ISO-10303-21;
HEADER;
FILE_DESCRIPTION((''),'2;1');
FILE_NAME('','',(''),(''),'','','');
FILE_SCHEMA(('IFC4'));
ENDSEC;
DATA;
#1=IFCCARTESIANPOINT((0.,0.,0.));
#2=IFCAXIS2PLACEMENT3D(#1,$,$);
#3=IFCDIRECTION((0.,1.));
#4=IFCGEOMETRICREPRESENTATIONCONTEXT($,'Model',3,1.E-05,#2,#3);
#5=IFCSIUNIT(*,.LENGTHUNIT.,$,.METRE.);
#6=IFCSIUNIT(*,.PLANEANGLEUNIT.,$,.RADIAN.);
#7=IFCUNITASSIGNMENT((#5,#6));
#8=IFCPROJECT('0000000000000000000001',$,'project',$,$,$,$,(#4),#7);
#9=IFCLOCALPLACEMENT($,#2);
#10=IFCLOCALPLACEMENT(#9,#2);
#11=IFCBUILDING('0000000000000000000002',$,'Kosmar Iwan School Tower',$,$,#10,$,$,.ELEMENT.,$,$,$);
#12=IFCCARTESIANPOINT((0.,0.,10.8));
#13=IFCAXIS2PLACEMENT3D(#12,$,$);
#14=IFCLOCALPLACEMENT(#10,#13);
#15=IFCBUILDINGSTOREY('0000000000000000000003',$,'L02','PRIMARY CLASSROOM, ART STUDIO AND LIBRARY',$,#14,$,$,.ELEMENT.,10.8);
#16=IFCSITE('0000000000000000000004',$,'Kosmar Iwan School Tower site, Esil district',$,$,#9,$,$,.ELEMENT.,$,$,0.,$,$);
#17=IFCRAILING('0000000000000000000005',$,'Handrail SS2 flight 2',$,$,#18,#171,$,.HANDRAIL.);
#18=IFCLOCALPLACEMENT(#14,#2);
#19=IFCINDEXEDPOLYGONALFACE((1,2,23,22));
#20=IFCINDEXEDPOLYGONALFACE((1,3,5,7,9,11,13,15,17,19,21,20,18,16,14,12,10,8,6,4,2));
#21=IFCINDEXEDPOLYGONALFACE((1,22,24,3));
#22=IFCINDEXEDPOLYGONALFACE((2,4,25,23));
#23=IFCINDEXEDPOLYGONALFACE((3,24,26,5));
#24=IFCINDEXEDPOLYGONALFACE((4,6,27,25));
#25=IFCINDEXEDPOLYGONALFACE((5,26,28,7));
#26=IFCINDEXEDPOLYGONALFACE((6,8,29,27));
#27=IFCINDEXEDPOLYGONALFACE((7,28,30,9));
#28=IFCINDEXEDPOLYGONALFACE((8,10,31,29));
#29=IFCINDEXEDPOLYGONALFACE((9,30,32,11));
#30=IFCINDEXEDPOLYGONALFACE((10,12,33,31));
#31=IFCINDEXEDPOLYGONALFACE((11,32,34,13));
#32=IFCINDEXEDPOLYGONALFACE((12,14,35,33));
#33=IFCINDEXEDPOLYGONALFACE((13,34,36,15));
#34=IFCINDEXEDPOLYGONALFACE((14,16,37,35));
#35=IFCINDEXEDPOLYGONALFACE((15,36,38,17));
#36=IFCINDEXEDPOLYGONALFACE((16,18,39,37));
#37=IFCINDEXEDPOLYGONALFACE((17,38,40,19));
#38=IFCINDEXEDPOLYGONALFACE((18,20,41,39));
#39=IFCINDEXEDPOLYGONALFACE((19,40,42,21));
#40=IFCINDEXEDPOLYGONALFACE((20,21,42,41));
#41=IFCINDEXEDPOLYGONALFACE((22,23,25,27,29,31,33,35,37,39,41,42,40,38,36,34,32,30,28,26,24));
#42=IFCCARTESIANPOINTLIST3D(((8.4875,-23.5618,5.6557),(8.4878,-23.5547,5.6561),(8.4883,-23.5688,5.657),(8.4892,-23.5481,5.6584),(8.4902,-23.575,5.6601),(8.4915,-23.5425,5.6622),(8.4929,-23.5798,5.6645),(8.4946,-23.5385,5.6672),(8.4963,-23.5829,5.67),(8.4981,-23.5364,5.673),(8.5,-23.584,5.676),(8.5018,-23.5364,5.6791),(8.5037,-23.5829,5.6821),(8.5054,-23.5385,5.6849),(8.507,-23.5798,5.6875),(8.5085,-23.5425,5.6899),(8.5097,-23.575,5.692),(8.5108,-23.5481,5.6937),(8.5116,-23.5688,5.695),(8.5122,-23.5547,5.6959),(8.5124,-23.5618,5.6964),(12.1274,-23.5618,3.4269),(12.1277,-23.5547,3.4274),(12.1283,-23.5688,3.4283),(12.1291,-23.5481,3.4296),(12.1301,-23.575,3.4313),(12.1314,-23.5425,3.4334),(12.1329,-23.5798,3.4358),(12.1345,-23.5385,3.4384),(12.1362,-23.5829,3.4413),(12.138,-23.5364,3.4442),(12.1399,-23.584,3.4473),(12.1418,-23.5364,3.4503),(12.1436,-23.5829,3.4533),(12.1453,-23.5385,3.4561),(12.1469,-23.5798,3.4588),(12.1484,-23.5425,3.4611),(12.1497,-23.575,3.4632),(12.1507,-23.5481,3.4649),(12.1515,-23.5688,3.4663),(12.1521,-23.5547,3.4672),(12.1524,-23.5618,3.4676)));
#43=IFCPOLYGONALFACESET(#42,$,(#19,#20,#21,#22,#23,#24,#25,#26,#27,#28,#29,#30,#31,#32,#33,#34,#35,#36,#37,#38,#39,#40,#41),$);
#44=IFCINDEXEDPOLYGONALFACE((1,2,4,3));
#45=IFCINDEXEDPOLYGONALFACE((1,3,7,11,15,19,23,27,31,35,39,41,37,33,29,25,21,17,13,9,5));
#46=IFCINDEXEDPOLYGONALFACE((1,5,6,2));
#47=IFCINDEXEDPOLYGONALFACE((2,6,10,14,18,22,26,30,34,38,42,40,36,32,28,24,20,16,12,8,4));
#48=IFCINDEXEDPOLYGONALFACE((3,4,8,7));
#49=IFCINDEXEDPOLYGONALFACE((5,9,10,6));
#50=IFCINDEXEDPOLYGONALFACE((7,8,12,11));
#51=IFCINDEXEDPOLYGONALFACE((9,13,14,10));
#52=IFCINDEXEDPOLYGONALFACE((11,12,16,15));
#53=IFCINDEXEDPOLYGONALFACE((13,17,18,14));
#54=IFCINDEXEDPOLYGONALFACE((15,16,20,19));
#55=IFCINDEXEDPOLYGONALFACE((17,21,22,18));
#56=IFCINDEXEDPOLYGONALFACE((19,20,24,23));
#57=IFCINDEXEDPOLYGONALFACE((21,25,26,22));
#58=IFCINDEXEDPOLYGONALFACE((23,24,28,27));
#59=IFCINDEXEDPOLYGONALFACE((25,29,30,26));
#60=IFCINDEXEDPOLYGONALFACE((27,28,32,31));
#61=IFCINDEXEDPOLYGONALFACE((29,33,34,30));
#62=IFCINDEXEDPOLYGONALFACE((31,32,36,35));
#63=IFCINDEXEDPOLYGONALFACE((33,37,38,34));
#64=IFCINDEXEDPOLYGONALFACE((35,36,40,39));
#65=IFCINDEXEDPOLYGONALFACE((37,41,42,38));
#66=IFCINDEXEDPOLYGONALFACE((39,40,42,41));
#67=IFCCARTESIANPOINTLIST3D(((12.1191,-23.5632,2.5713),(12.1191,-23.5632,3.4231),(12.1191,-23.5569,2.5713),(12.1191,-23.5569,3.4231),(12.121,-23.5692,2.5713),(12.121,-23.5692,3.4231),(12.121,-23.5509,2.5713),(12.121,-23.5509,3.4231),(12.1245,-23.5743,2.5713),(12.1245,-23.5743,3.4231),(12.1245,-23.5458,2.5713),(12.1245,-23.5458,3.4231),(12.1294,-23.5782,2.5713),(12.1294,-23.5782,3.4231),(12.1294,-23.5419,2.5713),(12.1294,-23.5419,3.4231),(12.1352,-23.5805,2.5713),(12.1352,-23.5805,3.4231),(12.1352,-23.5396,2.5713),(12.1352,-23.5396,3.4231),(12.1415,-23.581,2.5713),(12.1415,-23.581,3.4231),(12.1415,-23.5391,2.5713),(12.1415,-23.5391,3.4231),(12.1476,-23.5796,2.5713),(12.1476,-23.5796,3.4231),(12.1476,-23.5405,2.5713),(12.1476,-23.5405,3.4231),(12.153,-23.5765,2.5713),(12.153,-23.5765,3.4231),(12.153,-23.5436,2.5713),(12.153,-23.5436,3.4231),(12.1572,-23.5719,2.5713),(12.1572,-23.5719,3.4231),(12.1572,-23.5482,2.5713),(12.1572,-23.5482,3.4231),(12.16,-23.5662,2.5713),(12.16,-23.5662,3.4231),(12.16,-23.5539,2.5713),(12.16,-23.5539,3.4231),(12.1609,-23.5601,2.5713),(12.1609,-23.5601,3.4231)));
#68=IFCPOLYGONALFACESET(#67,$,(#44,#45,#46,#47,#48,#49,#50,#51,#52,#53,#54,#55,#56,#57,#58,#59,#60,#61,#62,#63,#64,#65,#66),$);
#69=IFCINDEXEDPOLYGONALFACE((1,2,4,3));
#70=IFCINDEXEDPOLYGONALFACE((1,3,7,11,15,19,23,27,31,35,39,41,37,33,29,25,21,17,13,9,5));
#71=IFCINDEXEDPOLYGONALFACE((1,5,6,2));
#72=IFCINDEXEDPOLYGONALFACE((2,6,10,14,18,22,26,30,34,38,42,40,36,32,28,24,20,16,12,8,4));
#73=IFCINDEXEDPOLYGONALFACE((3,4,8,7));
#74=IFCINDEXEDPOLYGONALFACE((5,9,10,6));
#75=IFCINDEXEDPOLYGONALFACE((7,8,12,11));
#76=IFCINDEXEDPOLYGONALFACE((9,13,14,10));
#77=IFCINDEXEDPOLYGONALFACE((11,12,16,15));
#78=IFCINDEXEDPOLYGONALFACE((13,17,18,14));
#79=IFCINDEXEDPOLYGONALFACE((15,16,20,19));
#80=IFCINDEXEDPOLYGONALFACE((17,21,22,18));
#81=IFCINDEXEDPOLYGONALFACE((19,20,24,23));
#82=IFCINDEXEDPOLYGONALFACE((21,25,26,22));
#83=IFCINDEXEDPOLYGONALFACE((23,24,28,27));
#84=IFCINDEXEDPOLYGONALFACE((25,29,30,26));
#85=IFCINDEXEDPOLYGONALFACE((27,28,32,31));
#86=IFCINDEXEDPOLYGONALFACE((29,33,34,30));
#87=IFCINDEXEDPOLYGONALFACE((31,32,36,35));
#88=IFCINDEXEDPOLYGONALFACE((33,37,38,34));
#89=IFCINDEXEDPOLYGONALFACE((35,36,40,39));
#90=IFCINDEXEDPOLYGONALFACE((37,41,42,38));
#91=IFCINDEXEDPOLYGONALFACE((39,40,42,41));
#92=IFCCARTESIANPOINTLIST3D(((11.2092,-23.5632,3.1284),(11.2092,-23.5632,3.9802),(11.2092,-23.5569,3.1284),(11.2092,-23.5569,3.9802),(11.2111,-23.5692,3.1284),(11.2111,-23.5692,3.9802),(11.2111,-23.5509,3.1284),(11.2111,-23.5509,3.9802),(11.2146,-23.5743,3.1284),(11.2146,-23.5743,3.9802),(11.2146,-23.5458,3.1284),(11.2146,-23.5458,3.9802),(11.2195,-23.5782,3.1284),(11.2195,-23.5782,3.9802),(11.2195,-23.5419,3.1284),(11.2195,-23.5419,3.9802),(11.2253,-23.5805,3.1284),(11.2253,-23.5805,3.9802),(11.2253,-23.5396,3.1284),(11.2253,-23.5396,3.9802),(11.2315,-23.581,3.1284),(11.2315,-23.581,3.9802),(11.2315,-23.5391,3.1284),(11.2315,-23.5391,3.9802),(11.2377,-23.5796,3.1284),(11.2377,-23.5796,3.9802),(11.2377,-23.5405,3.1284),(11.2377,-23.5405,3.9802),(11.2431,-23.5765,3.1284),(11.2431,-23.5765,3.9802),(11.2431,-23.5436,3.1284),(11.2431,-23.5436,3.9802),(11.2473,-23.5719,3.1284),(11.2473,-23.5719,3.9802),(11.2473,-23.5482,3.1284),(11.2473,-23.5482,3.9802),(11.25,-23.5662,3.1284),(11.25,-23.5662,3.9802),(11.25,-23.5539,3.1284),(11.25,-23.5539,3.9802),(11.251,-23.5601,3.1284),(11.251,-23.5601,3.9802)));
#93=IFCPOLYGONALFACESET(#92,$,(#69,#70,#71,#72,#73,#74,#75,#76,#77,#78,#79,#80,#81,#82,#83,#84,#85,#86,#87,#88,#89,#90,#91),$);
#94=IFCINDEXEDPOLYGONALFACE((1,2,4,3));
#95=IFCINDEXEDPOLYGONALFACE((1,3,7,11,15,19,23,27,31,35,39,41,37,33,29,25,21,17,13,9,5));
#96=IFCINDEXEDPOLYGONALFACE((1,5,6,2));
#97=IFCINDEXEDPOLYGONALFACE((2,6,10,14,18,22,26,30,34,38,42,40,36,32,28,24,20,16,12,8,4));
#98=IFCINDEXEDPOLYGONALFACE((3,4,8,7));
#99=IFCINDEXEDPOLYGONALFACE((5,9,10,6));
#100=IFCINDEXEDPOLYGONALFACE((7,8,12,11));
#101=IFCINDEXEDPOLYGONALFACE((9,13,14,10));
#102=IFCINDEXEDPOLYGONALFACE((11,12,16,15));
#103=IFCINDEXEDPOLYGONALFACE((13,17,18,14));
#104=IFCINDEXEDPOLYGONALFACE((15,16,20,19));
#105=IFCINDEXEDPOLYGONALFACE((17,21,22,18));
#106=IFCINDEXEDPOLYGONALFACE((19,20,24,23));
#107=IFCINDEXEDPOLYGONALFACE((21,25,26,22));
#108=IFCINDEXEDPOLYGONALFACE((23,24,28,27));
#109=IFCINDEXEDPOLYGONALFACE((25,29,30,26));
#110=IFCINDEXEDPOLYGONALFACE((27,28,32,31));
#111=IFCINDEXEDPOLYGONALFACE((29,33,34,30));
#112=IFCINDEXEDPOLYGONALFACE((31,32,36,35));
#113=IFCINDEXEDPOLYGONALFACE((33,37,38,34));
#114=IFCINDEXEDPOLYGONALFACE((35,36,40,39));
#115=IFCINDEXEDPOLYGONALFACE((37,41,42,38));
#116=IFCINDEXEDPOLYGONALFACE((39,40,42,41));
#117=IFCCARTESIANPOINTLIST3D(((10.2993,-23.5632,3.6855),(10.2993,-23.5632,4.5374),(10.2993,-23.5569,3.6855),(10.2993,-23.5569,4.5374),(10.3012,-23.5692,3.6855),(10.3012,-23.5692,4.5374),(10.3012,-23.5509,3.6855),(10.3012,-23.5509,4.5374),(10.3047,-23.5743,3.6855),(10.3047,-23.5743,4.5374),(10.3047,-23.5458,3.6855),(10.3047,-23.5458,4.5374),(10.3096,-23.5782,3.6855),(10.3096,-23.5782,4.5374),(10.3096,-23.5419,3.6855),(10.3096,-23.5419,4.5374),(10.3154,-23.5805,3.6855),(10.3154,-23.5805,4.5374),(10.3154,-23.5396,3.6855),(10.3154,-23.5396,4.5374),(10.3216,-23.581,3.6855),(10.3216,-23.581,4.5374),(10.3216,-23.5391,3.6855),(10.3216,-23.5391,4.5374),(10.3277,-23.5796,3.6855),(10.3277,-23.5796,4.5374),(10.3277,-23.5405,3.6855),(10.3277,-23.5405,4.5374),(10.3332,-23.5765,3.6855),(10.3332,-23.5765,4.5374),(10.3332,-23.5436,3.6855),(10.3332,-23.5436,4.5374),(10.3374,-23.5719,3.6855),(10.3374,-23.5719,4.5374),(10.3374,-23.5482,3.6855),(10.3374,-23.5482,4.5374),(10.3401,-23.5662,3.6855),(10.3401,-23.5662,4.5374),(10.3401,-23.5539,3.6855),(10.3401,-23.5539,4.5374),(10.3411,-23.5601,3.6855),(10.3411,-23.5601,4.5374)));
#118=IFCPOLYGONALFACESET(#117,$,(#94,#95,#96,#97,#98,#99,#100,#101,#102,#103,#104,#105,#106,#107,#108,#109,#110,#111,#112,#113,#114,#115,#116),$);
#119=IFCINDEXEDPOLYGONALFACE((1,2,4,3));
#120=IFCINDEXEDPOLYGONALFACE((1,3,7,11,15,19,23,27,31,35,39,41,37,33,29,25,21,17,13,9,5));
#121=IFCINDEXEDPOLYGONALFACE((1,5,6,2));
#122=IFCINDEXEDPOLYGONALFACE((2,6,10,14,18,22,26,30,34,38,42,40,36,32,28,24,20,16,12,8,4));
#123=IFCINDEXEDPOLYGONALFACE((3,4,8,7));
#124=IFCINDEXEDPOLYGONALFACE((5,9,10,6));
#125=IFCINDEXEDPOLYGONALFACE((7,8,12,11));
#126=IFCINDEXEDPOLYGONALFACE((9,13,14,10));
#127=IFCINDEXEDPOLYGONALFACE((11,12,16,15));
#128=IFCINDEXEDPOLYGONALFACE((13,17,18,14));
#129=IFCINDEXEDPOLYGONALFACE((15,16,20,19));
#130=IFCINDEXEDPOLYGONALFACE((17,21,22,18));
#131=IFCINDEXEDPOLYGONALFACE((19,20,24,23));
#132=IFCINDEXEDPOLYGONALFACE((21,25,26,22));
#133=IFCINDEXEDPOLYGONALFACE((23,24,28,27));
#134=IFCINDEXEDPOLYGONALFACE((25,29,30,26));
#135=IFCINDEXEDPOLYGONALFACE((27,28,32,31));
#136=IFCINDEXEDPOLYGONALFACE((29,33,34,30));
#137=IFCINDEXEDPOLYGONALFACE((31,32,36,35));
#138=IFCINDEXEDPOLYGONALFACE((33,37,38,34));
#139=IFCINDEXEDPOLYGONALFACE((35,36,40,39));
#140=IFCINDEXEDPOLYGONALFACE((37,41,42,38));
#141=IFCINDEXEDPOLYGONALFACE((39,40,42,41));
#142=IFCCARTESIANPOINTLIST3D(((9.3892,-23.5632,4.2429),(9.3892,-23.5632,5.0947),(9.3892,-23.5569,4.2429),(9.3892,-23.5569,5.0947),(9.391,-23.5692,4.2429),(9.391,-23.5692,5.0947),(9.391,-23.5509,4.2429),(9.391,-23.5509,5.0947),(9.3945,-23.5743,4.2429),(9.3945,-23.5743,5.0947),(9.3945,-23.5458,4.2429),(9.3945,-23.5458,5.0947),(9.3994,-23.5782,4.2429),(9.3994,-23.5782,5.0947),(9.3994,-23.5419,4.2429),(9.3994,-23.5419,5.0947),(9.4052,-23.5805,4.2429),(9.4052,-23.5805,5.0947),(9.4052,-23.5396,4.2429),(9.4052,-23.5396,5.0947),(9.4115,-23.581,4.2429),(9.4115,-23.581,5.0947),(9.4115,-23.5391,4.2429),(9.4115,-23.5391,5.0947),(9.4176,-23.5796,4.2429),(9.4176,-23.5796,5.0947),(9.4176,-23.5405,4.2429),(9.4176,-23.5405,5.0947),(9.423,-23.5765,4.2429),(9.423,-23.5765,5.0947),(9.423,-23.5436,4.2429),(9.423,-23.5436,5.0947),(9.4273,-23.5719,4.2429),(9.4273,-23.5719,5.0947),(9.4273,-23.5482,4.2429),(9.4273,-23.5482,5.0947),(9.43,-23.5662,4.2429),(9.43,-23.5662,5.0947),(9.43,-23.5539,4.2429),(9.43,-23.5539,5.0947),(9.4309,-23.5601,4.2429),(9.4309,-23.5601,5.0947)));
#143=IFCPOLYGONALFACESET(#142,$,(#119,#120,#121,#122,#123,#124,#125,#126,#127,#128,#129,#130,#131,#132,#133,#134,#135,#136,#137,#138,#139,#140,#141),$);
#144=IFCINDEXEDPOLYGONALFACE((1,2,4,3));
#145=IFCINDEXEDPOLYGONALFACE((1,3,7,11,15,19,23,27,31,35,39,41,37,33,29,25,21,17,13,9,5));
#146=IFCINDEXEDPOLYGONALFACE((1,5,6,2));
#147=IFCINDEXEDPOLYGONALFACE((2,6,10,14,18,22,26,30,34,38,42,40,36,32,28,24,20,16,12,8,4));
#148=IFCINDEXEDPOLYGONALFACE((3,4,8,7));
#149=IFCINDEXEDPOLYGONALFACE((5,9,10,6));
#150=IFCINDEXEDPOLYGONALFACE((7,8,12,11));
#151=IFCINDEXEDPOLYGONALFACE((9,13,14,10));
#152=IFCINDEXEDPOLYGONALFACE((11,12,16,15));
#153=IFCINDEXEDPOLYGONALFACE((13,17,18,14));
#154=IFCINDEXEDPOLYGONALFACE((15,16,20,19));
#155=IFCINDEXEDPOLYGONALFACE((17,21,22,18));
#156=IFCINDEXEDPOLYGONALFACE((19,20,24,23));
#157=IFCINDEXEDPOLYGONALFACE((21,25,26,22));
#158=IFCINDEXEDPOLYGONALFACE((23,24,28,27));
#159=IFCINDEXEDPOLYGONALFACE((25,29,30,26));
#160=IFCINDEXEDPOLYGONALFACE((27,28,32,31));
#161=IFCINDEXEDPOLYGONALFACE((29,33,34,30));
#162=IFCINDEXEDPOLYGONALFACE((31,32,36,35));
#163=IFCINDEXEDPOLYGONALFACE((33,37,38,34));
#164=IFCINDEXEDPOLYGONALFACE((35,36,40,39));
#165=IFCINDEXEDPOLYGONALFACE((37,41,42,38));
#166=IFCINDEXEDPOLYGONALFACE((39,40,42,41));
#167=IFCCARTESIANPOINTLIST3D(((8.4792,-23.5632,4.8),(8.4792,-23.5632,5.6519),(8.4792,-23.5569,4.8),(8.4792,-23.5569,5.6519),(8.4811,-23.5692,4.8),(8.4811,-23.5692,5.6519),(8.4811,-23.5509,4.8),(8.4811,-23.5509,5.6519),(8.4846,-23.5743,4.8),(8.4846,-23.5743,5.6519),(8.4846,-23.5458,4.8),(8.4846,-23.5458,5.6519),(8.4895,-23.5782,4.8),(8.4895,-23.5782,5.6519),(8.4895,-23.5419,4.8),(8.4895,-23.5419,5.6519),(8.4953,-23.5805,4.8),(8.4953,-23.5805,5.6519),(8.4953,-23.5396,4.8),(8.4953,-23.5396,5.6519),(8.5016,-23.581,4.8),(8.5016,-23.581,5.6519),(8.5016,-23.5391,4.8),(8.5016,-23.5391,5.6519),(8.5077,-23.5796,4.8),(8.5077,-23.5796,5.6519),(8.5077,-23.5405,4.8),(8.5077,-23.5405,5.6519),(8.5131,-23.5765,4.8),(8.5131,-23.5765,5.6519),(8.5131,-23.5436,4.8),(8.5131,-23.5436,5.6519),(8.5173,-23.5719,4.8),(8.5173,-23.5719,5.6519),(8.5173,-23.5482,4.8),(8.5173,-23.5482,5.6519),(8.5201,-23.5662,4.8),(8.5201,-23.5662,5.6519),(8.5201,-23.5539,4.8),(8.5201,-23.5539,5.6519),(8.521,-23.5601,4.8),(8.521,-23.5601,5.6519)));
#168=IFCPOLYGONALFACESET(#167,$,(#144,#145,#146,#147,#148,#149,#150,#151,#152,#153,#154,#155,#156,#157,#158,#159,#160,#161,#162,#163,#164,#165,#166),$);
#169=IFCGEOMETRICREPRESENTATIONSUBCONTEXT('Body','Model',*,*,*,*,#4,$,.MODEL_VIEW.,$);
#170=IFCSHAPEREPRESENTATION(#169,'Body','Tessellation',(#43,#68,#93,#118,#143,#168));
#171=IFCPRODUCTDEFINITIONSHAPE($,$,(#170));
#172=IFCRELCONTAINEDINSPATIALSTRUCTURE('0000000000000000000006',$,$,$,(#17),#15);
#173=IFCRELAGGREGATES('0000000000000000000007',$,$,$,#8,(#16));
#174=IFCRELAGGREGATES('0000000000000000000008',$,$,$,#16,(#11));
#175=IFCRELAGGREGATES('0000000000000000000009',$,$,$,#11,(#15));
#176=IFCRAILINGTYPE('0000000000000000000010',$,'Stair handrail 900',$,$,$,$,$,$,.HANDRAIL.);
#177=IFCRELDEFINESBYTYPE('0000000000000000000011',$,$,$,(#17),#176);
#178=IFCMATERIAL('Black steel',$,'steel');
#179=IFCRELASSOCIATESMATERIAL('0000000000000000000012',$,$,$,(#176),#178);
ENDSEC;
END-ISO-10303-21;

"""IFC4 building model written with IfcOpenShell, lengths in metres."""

from ifc_helpers import new_model, si_unit, direction, frame, origin, origin_2d, place, context, subcontext, project, spatial, circle, extrude, material, type_object, element, save


model = new_model("IFC4")

# Units and contexts
model_context = context("Model", 3, precision=1e-05, world=origin(), true_north=direction((0.0, 1.0)))
body_context = subcontext(model_context, "Body", "Model", "MODEL_VIEW")
ifc_project = project(units=[si_unit("LENGTHUNIT", "METRE"), si_unit("PLANEANGLEUNIT", "RADIAN")], contexts=[model_context])

# Site, building, storey
site_placement = place(None, origin())
site = spatial("IfcSite", under=ifc_project, at=site_placement, Name="Kosmar Iwan School Tower site, Esil district", CompositionType="ELEMENT", RefElevation=0.0)
building_placement = place(site_placement, origin())
building = spatial("IfcBuilding", under=site, at=building_placement, Name="Kosmar Iwan School Tower", CompositionType="ELEMENT")
storey_placement = place(building_placement, frame((0.0, 0.0, 10.8)))
storey = spatial("IfcBuildingStorey", under=building, at=storey_placement, Name="L02", Description="PRIMARY CLASSROOM, ART STUDIO AND LIBRARY", CompositionType="ELEMENT", Elevation=10.8)

# Railing
ifc_material_1 = material(Name="Black steel", Category="steel")
railing_type = type_object("IfcRailingType", Name="Stair handrail 900", PredefinedType="HANDRAIL", material=ifc_material_1)
railing_1_placement = place(storey_placement, frame((12.1399, -23.5601, 2.5713)))
element("IfcRailing", 1, at=railing_1_placement, inside=storey, type_object=railing_type, Name="Handrail SS2 flight 2", PredefinedType="HANDRAIL", context=body_context, shape_type="SweptSolid", body=[
    extrude(circle(Radius=0.0239, at=origin_2d()), frame((0.0, 0.0, 0.876), z_axis=(-0.852825, 0.0, 0.522197), x_axis=(0.0, -1.0, 0.0)), (0.0, 0.0, 1.0), 4.2681),
    extrude(circle(Radius=0.021, at=origin_2d()), origin(), (0.0, 0.0, 1.0), 0.8518),
    extrude(circle(Radius=0.021, at=origin_2d()), frame((-0.9099, 0.0, 0.5571)), (0.0, 0.0, 1.0), 0.8518),
    extrude(circle(Radius=0.021, at=origin_2d()), frame((-1.8198, 0.0, 1.1143)), (0.0, 0.0, 1.0), 0.8518),
    extrude(circle(Radius=0.021, at=origin_2d()), frame((-2.73, 0.0, 1.6716)), (0.0, 0.0, 1.0), 0.8518),
    extrude(circle(Radius=0.021, at=origin_2d()), frame((-3.6399, 0.0, 2.2288)), (0.0, 0.0, 1.0), 0.8518),
])

save(model, "model.ifc")
